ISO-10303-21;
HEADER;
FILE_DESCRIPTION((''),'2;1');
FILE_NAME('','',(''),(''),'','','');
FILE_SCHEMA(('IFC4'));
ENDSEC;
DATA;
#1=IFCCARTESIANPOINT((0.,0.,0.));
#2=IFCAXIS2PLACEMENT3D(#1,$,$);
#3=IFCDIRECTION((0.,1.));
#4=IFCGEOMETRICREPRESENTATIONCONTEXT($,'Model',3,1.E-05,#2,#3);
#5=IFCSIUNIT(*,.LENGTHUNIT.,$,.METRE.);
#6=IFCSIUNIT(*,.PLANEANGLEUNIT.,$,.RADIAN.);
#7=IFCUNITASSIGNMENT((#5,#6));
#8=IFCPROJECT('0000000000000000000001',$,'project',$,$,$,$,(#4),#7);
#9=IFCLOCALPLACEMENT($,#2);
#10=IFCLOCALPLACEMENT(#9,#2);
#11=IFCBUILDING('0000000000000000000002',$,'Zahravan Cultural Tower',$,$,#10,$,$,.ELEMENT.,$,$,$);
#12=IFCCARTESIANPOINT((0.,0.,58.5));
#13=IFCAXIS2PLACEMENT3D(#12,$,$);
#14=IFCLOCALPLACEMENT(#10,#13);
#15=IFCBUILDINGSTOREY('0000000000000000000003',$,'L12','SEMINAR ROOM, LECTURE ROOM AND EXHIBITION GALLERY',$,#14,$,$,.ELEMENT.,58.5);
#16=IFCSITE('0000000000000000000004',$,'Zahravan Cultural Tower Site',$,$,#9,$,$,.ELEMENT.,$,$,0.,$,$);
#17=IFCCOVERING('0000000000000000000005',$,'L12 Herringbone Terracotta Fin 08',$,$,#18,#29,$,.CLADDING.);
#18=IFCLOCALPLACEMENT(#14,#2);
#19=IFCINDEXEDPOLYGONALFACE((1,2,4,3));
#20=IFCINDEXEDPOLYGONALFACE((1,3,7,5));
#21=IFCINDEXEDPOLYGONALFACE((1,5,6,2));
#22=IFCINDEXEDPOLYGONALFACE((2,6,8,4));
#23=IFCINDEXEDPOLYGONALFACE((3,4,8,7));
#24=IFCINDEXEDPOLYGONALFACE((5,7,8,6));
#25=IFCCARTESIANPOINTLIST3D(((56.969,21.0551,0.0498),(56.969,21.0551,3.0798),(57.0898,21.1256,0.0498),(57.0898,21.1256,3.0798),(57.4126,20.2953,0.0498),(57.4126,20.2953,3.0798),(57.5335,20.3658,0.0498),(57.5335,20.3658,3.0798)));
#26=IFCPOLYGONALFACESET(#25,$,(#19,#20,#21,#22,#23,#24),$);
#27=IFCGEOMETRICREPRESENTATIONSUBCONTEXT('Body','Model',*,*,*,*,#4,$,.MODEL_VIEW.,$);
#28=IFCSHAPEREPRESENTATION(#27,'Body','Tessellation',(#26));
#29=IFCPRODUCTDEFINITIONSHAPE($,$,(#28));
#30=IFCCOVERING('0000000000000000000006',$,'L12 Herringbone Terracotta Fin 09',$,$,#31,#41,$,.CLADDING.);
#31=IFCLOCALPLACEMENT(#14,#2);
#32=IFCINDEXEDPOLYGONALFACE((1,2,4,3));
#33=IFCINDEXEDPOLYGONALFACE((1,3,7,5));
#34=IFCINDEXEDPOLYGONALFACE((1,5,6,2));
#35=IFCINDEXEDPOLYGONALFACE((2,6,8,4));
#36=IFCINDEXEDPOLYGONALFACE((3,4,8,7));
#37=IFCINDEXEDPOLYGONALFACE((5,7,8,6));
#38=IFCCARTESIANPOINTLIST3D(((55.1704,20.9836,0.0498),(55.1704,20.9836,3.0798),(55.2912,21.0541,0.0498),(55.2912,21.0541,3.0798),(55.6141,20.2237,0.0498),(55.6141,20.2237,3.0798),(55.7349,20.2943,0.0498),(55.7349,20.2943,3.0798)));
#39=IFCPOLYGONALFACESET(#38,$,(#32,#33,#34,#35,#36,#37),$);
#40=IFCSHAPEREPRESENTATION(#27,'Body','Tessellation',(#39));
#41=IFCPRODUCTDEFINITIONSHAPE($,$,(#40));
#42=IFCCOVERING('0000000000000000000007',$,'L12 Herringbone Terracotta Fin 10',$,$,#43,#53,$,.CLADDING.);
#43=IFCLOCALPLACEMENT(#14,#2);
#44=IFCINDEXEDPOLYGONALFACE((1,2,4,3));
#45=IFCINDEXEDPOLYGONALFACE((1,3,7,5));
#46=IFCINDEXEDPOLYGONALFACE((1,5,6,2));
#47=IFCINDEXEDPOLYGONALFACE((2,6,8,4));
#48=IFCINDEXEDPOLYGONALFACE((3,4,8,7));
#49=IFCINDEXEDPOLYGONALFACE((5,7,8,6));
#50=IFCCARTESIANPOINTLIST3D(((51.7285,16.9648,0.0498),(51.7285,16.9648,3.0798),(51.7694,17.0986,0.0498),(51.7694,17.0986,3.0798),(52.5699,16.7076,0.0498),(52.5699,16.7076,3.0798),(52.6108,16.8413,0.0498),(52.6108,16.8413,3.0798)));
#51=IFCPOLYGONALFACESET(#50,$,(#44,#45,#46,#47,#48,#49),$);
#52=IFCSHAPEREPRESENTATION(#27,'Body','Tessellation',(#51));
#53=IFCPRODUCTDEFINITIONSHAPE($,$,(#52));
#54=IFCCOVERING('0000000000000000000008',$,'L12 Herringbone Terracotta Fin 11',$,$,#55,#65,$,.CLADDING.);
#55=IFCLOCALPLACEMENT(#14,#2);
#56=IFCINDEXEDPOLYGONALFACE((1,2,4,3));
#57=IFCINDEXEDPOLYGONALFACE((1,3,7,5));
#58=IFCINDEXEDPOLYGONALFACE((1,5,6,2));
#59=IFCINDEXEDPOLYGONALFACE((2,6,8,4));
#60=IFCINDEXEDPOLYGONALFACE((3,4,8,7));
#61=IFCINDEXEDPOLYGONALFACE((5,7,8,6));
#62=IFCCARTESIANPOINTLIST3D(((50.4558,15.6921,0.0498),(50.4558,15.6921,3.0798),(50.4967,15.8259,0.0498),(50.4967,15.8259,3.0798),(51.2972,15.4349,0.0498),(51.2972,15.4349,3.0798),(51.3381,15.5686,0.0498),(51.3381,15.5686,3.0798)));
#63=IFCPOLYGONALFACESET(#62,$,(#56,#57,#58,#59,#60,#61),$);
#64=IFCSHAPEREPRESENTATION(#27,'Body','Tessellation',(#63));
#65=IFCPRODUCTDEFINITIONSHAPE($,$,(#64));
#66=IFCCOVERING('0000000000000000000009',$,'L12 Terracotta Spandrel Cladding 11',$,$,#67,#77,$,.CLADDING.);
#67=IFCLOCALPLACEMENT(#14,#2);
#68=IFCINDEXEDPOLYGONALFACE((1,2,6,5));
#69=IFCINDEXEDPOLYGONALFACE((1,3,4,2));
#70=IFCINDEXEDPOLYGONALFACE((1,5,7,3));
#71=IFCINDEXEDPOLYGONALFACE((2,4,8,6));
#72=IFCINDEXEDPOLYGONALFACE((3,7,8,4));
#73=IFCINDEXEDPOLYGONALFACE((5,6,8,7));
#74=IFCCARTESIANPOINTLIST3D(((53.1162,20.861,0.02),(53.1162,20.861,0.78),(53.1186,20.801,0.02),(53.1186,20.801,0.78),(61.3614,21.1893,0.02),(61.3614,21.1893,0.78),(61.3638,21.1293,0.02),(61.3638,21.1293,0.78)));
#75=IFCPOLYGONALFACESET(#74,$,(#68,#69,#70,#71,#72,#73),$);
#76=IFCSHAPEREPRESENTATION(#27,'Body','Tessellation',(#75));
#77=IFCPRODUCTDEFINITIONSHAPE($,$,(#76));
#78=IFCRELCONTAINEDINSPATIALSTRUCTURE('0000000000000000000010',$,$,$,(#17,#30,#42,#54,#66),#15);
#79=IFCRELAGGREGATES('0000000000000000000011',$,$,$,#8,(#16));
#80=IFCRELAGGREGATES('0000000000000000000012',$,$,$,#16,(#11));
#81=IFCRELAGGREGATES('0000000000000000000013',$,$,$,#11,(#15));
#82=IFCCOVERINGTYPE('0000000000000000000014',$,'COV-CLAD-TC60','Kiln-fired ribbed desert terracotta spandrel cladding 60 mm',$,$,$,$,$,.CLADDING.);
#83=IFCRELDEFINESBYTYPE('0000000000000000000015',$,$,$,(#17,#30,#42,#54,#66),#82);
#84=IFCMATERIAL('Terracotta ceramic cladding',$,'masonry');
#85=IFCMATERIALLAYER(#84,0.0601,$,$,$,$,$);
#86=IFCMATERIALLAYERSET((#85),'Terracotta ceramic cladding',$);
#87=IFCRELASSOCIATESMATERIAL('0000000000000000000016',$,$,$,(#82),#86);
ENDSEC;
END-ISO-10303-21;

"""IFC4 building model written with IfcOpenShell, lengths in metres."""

from ifc_helpers import new_model, si_unit, direction, frame, origin, origin_2d, place, context, subcontext, project, spatial, rectangle, extrude, source, transform, mapped, material, layer, layer_set, type_object, element, save


model = new_model("IFC4")

# Units and contexts
model_context = context("Model", 3, precision=1e-05, world=origin(), true_north=direction((0.0, 1.0)))
body_context = subcontext(model_context, "Body", "Model", "MODEL_VIEW")
ifc_project = project(units=[si_unit("LENGTHUNIT", "METRE"), si_unit("PLANEANGLEUNIT", "RADIAN")], contexts=[model_context])

# Site, building, storey
site_placement = place(None, origin())
site = spatial("IfcSite", under=ifc_project, at=site_placement, Name="Zahravan Cultural Tower Site", CompositionType="ELEMENT", RefElevation=0.0)
building_placement = place(site_placement, origin())
building = spatial("IfcBuilding", under=site, at=building_placement, Name="Zahravan Cultural Tower", CompositionType="ELEMENT")
storey_placement = place(building_placement, frame((0.0, 0.0, 58.5)))
storey = spatial("IfcBuildingStorey", under=building, at=storey_placement, Name="L12", Description="SEMINAR ROOM, LECTURE ROOM AND EXHIBITION GALLERY", CompositionType="ELEMENT", Elevation=58.5)

# Coverings
ifc_material_1 = material(Name="Terracotta ceramic cladding", Category="masonry")
ifc_layer_1 = layer(ifc_material_1, 0.0601)
ifc_layer_set_1 = layer_set([ifc_layer_1], Name="Terracotta ceramic cladding")
covering_type = type_object("IfcCoveringType", Name="COV-CLAD-TC60", Description="Kiln-fired ribbed desert terracotta spandrel cladding 60 mm", PredefinedType="CLADDING", material=ifc_layer_set_1)
shared_shape_1 = source(origin(), body_context, "Body", "SweptSolid", [
    extrude(rectangle(XDim=0.8799, YDim=0.1399, at=origin_2d()), origin(), (0.0, 0.0, 1.0), 3.03),
])
for number, where, z_axis, x_axis, name in (
    (1, (57.2512, 20.7104, 0.0498), (0.0, 0.0, 1.0), (0.504226, -0.863572, 0.0), "L12 Herringbone Terracotta Fin 08"),
    (2, (55.4526, 20.6389, 0.0498), (0.0, 0.0, 1.0), (0.504226, -0.863572, 0.0), "L12 Herringbone Terracotta Fin 09"),
    (3, (52.1697, 16.9031, 0.0498), (0.0, 0.0, 1.0), (0.956305, -0.292372, 0.0), "L12 Herringbone Terracotta Fin 10"),
    (4, (50.897, 15.6304, 0.0498), (0.0, 0.0, 1.0), (0.956305, -0.292372, 0.0), "L12 Herringbone Terracotta Fin 11"),
):
    element("IfcCovering", number, at=place(storey_placement, frame(where, z_axis=z_axis, x_axis=x_axis)), inside=storey, type_object=covering_type, Name=name, PredefinedType="CLADDING", context=body_context, shape_type="MappedRepresentation", body=[
        mapped(shared_shape_1, transform((0.0, 0.0, 0.0), x_axis=(1.0, 0.0, 0.0), y_axis=(0.0, 1.0, 0.0), z_axis=(0.0, 0.0, 1.0), scale=1.0)),
    ])
shared_shape_2 = source(origin(), body_context, "Body", "SweptSolid", [
    extrude(rectangle(XDim=8.2517, YDim=0.0601, at=origin_2d()), origin(), (0.0, 0.0, 1.0), 0.76),
])
covering_1_placement = place(storey_placement, frame((57.24, 20.9951, 0.02), z_axis=(0.0, 0.0, 1.0), x_axis=(-0.999208, -0.039783, 0.0)))
element("IfcCovering", 5, at=covering_1_placement, inside=storey, type_object=covering_type, Name="L12 Terracotta Spandrel Cladding 11", PredefinedType="CLADDING", context=body_context, shape_type="MappedRepresentation", body=[
    mapped(shared_shape_2, transform((0.0, 0.0, 0.0), x_axis=(1.0, 0.0, 0.0), y_axis=(0.0, 1.0, 0.0), z_axis=(0.0, 0.0, 1.0), scale=1.0)),
])

save(model, "model.ifc")
